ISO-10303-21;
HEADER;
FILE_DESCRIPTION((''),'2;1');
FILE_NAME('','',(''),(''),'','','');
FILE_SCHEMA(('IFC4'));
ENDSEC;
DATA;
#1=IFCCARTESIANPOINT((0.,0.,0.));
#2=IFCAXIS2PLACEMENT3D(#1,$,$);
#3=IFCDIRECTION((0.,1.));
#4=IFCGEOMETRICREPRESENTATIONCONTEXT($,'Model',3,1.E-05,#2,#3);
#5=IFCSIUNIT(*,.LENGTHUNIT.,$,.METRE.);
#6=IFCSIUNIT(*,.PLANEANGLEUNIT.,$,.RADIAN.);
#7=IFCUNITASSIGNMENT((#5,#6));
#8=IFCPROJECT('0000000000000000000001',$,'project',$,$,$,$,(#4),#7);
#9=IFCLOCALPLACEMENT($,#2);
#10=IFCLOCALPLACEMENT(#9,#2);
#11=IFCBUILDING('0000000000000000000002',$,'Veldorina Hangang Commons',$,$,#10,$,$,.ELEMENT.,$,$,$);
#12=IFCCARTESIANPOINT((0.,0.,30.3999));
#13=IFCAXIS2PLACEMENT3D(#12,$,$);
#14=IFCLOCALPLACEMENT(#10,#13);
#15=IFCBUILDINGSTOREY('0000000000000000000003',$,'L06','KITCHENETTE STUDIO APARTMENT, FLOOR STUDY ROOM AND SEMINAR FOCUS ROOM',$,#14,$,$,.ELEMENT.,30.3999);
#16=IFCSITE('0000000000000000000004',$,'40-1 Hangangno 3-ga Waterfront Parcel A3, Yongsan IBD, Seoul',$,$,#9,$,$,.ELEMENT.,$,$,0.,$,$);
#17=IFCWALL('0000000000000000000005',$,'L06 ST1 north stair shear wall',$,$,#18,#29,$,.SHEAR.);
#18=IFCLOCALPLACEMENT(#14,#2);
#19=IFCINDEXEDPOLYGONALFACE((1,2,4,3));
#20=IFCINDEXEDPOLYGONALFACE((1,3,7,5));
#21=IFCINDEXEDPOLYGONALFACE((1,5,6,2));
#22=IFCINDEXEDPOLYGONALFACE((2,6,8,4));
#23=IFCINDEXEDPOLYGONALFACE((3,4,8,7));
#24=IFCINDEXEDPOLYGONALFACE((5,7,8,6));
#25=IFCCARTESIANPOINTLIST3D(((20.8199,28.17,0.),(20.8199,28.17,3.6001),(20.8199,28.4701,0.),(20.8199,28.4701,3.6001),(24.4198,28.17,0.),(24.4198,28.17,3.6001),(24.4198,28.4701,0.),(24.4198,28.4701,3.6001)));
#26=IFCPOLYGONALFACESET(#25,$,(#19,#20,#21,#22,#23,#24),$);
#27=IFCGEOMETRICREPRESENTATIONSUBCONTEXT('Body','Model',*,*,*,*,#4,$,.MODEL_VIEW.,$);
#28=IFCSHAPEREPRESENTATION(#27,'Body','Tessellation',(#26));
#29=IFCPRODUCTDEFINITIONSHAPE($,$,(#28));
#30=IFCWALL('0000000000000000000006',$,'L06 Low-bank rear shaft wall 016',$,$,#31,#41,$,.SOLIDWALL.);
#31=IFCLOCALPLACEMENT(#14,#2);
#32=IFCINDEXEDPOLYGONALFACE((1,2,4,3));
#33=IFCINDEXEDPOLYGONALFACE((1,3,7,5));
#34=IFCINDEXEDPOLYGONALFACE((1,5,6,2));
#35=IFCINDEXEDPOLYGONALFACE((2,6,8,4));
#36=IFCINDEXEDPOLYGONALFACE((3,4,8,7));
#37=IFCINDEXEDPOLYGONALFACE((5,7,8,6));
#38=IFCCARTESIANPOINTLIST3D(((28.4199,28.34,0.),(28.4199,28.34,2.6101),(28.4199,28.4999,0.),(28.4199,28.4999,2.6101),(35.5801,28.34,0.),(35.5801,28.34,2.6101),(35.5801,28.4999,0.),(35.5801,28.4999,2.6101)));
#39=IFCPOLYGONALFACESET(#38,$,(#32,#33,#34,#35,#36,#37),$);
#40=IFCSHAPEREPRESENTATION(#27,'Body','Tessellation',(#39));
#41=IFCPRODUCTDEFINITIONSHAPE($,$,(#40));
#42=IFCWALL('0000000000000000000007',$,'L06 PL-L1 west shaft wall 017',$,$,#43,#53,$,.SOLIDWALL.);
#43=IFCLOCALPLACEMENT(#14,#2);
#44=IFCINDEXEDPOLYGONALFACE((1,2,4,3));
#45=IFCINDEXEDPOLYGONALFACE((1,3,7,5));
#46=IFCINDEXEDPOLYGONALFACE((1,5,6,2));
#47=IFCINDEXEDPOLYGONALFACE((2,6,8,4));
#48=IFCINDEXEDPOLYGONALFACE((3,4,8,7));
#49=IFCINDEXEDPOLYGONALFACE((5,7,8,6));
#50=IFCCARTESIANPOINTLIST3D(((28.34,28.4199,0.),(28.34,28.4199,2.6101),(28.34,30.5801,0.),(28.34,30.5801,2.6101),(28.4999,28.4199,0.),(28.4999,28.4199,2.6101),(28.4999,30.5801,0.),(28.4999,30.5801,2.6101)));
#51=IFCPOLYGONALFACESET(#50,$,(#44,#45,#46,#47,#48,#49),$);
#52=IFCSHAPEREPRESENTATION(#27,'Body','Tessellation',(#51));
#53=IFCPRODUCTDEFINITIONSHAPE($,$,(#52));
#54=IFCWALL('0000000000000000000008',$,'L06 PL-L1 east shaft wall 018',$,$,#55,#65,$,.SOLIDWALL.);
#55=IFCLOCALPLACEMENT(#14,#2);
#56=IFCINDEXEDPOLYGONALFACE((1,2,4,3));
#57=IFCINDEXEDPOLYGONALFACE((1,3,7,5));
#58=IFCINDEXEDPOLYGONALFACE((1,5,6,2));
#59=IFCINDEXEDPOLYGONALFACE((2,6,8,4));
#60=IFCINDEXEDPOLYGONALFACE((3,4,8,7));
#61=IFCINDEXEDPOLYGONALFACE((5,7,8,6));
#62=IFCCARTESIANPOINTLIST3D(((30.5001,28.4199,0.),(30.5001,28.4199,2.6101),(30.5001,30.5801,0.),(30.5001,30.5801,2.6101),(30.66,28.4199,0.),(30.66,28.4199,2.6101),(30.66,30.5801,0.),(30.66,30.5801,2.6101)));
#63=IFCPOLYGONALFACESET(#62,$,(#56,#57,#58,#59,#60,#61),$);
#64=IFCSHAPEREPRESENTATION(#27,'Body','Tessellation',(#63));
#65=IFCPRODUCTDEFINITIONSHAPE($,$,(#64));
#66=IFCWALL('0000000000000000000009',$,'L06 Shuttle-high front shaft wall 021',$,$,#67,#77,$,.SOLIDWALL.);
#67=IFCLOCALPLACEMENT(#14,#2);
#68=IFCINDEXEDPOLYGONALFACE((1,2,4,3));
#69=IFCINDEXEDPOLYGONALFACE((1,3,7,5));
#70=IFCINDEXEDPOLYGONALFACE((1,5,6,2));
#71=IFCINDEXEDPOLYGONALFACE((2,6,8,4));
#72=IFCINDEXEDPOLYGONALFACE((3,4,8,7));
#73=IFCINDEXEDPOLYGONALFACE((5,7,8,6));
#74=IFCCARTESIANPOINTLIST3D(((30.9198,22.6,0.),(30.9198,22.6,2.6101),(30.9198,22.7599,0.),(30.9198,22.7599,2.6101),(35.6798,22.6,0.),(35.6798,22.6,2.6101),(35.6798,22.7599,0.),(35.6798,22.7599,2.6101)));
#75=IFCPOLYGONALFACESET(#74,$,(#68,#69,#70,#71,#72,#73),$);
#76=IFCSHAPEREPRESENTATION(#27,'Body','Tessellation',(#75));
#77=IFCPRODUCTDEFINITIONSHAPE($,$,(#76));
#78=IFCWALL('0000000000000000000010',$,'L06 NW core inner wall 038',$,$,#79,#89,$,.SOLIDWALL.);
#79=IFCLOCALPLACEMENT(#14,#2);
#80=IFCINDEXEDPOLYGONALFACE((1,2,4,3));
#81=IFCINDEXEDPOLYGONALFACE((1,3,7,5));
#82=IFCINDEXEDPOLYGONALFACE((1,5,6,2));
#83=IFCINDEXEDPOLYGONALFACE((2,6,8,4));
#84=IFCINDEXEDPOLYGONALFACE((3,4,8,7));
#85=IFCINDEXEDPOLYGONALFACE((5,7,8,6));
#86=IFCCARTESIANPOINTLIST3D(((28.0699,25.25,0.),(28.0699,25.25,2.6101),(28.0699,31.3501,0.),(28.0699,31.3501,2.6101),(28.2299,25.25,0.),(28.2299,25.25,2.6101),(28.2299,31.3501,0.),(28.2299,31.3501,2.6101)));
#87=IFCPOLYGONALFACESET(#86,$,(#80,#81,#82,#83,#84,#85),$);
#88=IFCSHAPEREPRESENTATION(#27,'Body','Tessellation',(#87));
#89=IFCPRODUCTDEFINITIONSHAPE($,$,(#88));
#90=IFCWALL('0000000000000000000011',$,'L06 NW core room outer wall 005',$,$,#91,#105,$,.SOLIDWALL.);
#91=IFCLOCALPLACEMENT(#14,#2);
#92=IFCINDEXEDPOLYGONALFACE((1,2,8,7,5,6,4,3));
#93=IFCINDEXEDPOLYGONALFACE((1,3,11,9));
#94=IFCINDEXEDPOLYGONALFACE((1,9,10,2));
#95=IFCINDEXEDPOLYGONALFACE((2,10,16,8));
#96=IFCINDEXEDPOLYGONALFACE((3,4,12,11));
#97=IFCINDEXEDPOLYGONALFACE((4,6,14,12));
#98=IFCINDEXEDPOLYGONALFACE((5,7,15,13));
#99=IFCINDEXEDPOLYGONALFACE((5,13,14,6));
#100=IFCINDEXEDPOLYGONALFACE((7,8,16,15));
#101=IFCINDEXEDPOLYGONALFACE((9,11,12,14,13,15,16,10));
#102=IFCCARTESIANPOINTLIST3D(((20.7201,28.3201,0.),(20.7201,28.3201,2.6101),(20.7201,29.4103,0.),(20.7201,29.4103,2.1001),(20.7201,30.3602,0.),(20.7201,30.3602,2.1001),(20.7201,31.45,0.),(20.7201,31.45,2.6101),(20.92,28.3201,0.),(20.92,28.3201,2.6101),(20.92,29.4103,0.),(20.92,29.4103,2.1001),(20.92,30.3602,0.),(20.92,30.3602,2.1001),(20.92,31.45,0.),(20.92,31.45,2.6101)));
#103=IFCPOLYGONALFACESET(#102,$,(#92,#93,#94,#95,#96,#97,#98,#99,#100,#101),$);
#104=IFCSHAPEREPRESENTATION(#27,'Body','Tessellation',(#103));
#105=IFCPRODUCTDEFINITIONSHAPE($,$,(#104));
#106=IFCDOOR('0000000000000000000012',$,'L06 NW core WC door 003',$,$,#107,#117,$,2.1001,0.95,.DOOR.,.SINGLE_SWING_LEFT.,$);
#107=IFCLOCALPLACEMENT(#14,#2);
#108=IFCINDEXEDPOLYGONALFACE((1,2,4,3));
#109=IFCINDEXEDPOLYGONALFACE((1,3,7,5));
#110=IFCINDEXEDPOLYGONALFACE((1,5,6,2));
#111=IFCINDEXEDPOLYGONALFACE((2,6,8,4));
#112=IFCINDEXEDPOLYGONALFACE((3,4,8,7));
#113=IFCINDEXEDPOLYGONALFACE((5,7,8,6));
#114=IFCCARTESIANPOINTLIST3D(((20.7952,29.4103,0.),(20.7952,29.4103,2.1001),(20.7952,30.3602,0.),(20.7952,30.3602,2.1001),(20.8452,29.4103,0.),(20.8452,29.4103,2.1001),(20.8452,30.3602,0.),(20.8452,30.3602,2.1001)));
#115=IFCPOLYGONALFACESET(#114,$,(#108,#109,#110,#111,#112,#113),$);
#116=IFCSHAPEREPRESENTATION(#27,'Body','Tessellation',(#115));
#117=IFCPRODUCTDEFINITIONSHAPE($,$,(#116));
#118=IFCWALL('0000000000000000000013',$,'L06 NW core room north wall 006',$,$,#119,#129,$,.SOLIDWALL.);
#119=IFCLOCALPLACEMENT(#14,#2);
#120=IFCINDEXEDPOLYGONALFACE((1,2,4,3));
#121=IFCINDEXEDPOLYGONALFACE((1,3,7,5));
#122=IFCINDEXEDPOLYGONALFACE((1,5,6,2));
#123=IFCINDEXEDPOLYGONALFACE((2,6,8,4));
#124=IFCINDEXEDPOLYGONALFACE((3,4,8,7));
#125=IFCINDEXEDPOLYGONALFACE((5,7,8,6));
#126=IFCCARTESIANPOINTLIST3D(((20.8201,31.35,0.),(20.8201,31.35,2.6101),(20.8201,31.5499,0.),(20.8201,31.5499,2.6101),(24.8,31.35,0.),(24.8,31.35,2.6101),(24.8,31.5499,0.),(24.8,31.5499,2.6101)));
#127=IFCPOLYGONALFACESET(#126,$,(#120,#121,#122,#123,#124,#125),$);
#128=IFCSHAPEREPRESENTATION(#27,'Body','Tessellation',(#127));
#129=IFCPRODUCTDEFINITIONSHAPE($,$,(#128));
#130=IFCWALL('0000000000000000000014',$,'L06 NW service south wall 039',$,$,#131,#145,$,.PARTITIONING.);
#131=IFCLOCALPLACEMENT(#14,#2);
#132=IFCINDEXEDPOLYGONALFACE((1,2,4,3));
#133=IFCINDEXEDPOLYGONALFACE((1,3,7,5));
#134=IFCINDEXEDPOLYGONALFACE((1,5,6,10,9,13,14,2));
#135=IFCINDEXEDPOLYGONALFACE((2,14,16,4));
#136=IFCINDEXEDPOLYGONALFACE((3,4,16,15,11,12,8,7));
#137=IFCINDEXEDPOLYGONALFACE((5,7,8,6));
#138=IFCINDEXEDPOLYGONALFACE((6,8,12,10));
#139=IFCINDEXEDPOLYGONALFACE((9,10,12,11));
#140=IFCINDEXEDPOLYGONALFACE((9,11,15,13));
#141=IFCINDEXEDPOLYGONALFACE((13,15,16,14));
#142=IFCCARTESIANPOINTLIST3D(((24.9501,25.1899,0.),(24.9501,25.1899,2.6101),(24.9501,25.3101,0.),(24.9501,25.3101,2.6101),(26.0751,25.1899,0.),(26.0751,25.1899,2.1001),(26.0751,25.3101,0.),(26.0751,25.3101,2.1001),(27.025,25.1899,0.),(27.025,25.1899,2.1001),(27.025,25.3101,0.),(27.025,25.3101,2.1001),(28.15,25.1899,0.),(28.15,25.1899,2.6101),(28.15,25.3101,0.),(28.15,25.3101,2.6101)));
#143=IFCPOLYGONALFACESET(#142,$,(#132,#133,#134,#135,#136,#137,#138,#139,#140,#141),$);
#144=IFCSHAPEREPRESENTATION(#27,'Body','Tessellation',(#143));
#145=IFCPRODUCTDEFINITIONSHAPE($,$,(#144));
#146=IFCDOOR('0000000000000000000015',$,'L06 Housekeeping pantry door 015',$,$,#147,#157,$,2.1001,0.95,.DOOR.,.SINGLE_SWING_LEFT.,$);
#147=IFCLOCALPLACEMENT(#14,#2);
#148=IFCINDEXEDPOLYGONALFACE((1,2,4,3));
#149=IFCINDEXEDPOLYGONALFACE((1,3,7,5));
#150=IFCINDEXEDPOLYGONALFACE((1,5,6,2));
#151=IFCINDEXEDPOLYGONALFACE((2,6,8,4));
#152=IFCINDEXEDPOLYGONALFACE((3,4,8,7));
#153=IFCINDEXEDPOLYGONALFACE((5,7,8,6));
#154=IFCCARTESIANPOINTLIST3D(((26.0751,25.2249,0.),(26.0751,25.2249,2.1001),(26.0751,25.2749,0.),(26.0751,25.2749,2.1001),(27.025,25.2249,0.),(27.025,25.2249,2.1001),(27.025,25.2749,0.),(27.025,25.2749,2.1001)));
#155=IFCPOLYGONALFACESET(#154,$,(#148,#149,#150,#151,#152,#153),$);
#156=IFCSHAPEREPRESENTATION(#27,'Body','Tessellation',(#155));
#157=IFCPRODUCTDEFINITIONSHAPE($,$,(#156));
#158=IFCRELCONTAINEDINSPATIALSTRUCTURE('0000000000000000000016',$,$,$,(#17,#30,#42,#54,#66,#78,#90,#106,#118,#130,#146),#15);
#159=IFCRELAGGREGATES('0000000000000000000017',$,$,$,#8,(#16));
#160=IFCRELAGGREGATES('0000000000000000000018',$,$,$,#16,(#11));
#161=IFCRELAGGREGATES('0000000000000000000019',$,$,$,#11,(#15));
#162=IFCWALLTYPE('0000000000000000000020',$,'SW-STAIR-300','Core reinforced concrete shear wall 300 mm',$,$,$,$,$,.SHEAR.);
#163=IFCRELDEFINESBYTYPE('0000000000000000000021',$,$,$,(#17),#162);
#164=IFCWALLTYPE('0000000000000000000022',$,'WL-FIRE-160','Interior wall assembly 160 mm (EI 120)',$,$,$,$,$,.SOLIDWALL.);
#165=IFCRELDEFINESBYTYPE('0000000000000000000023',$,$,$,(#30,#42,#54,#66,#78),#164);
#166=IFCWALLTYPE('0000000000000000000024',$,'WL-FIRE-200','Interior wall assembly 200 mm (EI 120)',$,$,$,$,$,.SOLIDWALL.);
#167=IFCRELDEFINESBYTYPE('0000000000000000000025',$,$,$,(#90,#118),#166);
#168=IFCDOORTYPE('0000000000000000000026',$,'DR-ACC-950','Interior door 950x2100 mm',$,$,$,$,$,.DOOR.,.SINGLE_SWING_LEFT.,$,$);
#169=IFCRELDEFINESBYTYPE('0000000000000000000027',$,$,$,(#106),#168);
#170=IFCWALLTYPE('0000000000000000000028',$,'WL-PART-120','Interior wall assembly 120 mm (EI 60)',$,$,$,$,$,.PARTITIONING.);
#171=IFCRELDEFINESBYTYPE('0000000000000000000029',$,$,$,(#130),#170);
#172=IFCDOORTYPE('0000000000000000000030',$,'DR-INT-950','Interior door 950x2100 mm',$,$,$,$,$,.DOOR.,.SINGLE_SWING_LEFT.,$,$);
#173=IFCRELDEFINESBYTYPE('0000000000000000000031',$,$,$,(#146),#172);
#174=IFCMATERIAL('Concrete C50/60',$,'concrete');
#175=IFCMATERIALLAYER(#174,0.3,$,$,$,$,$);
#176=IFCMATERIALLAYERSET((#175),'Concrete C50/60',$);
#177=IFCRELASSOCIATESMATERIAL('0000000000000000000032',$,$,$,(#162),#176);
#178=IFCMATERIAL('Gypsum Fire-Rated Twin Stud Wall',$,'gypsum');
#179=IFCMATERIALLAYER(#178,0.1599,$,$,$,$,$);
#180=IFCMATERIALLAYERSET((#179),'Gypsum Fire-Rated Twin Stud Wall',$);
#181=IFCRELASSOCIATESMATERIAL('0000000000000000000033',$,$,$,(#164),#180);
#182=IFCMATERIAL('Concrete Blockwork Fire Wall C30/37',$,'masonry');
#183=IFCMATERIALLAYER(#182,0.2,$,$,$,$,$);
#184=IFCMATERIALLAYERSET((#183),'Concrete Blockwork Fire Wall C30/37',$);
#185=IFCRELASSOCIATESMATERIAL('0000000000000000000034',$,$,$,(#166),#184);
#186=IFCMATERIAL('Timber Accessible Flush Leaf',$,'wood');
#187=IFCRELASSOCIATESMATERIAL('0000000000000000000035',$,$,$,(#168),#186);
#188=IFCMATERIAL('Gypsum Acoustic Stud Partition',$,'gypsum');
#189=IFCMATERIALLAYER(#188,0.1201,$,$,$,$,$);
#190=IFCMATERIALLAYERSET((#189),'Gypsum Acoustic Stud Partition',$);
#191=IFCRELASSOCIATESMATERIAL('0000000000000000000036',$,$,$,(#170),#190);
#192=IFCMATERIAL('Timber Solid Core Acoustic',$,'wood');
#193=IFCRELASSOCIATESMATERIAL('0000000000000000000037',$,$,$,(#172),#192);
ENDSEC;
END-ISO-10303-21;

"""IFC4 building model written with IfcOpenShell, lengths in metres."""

from ifc_helpers import new_model, si_unit, direction, frame, frame_2d, origin, place, context, subcontext, project, spatial, rectangle, extrude, material, layer, layer_set, type_object, element, fill, save


model = new_model("IFC4")

# Units and contexts
model_context = context("Model", 3, precision=1e-05, world=origin(), true_north=direction((0.0, 1.0)))
body_context = subcontext(model_context, "Body", "Model", "MODEL_VIEW")
ifc_project = project(units=[si_unit("LENGTHUNIT", "METRE"), si_unit("PLANEANGLEUNIT", "RADIAN")], contexts=[model_context])

# Site, building, storey
site_placement = place(None, origin())
site = spatial("IfcSite", under=ifc_project, at=site_placement, Name="40-1 Hangangno 3-ga Waterfront Parcel A3, Yongsan IBD, Seoul", CompositionType="ELEMENT", RefElevation=0.0)
building_placement = place(site_placement, origin())
building = spatial("IfcBuilding", under=site, at=building_placement, Name="Veldorina Hangang Commons", CompositionType="ELEMENT")
storey_placement = place(building_placement, frame((0.0, 0.0, 30.3999)))
storey = spatial("IfcBuildingStorey", under=building, at=storey_placement, Name="L06", Description="KITCHENETTE STUDIO APARTMENT, FLOOR STUDY ROOM AND SEMINAR FOCUS ROOM", CompositionType="ELEMENT", Elevation=30.3999)

# Wall
ifc_material_1 = material(Name="Concrete C50/60", Category="concrete")
ifc_layer_1 = layer(ifc_material_1, 0.3)
ifc_layer_set_1 = layer_set([ifc_layer_1], Name="Concrete C50/60")
wall_type_1 = type_object("IfcWallType", Name="SW-STAIR-300", Description="Core reinforced concrete shear wall 300 mm", PredefinedType="SHEAR", material=ifc_layer_set_1)
wall_1_placement = place(storey_placement, frame((20.8201, 28.3201, 0.0), z_axis=(0.0, 0.0, 1.0), x_axis=(1.0, 0.0, 0.0)))
element("IfcWall", 1, at=wall_1_placement, inside=storey, type_object=wall_type_1, Name="L06 ST1 north stair shear wall", PredefinedType="SHEAR", context=body_context, shape_type="SweptSolid", body=[
    extrude(rectangle(XDim=3.5999, YDim=0.3, at=frame_2d((1.7998, 0.0))), origin(), (0.0, 0.0, 1.0), 3.6001),
])

# Shared definitions
ifc_material_2 = material(Name="Gypsum Fire-Rated Twin Stud Wall", Category="gypsum")
ifc_layer_2 = layer(ifc_material_2, 0.1599)
ifc_layer_set_2 = layer_set([ifc_layer_2], Name="Gypsum Fire-Rated Twin Stud Wall")
wall_type_2 = type_object("IfcWallType", Name="WL-FIRE-160", Description="Interior wall assembly 160 mm (EI 120)", PredefinedType="SOLIDWALL", material=ifc_layer_set_2)

# Walls
wall_2_placement = place(storey_placement, frame((28.4199, 28.4199, 0.0), z_axis=(0.0, 0.0, 1.0), x_axis=(1.0, 0.0, 0.0)))
element("IfcWall", 2, at=wall_2_placement, inside=storey, type_object=wall_type_2, Name="L06 Low-bank rear shaft wall 016", PredefinedType="SOLIDWALL", context=body_context, shape_type="SweptSolid", body=[
    extrude(rectangle(XDim=7.1602, YDim=0.1599, at=frame_2d((3.5801, 0.0))), origin(), (0.0, 0.0, 1.0), 2.6101),
])
for number, where, z_axis, x_axis, name in (
    (3, (28.4199, 28.4199, 0.0), (0.0, 0.0, 1.0), (0.0, 1.0, 0.0), "L06 PL-L1 west shaft wall 017"),
    (4, (30.5801, 28.4199, 0.0), (0.0, 0.0, 1.0), (0.0, 1.0, 0.0), "L06 PL-L1 east shaft wall 018"),
):
    element("IfcWall", number, at=place(storey_placement, frame(where, z_axis=z_axis, x_axis=x_axis)), inside=storey, type_object=wall_type_2, Name=name, PredefinedType="SOLIDWALL", context=body_context, shape_type="SweptSolid", body=[
        extrude(rectangle(XDim=2.1602, YDim=0.1599, at=frame_2d((1.0801, 0.0))), origin(), (0.0, 0.0, 1.0), 2.6101),
    ])
wall_3_placement = place(storey_placement, frame((30.9199, 22.6799, 0.0), z_axis=(0.0, 0.0, 1.0), x_axis=(1.0, 0.0, 0.0)))
element("IfcWall", 5, at=wall_3_placement, inside=storey, type_object=wall_type_2, Name="L06 Shuttle-high front shaft wall 021", PredefinedType="SOLIDWALL", context=body_context, shape_type="SweptSolid", body=[
    extrude(rectangle(XDim=4.76, YDim=0.1599, at=frame_2d((2.3799, 0.0))), origin(), (0.0, 0.0, 1.0), 2.6101),
])
wall_4_placement = place(storey_placement, frame((28.1499, 25.25, 0.0), z_axis=(0.0, 0.0, 1.0), x_axis=(0.0, 1.0, 0.0)))
element("IfcWall", 6, at=wall_4_placement, inside=storey, type_object=wall_type_2, Name="L06 NW core inner wall 038", PredefinedType="SOLIDWALL", context=body_context, shape_type="SweptSolid", body=[
    extrude(rectangle(XDim=6.1001, YDim=0.1599, at=frame_2d((3.05, 0.0))), origin(), (0.0, 0.0, 1.0), 2.6101),
])

# Wall, opening, door
ifc_material_3 = material(Name="Concrete Blockwork Fire Wall C30/37", Category="masonry")
ifc_layer_3 = layer(ifc_material_3, 0.2)
ifc_layer_set_3 = layer_set([ifc_layer_3], Name="Concrete Blockwork Fire Wall C30/37")
wall_type_3 = type_object("IfcWallType", Name="WL-FIRE-200", Description="Interior wall assembly 200 mm (EI 120)", PredefinedType="SOLIDWALL", material=ifc_layer_set_3)
wall_5_placement = place(storey_placement, frame((20.8201, 28.3201, 0.0), z_axis=(0.0, 0.0, 1.0), x_axis=(0.0, 1.0, 0.0)))
wall_5 = element("IfcWall", 7, at=wall_5_placement, inside=storey, type_object=wall_type_3, Name="L06 NW core room outer wall 005", PredefinedType="SOLIDWALL", context=body_context, shape_type="SweptSolid", body=[
    extrude(rectangle(XDim=3.1299, YDim=0.2, at=frame_2d((1.5649, 0.0))), origin(), (0.0, 0.0, 1.0), 2.6101),
])
opening_1_placement = place(wall_5_placement, frame((1.0901, 0.0, 0.0)))
opening_1 = element("IfcOpeningElement", 8, at=opening_1_placement, cuts=wall_5, PredefinedType="OPENING", context=body_context, shape_type="SweptSolid", body=[
    extrude(rectangle(XDim=0.95, YDim=2.1001, at=frame_2d((0.4751, 1.05))), frame((0.0, 0.1099, 0.0), z_axis=(0.0, -1.0, 0.0), x_axis=(1.0, 0.0, 0.0)), (0.0, 0.0, 1.0), 0.22),
])
ifc_material_4 = material(Name="Timber Accessible Flush Leaf", Category="wood")
door_type_1 = type_object("IfcDoorType", Name="DR-ACC-950", Description="Interior door 950x2100 mm", OperationType="SINGLE_SWING_LEFT", PredefinedType="DOOR", material=ifc_material_4)
door_1_placement = place(opening_1_placement, origin())
door_1 = element("IfcDoor", 9, at=door_1_placement, inside=storey, type_object=door_type_1, Name="L06 NW core WC door 003", OperationType="SINGLE_SWING_LEFT", OverallHeight=2.1001, OverallWidth=0.95, PredefinedType="DOOR", context=body_context, shape_type="SweptSolid", body=[
    extrude(rectangle(XDim=0.95, YDim=2.1001, at=frame_2d((0.4751, 1.05))), frame((0.0, 0.0249, 0.0), z_axis=(0.0, -1.0, 0.0), x_axis=(1.0, 0.0, 0.0)), (0.0, 0.0, 1.0), 0.05),
])
fill(opening_1, door_1)

# Wall
wall_6_placement = place(storey_placement, frame((20.8201, 31.45, 0.0), z_axis=(0.0, 0.0, 1.0), x_axis=(1.0, 0.0, 0.0)))
element("IfcWall", 10, at=wall_6_placement, inside=storey, type_object=wall_type_3, Name="L06 NW core room north wall 006", PredefinedType="SOLIDWALL", context=body_context, shape_type="SweptSolid", body=[
    extrude(rectangle(XDim=3.98, YDim=0.2, at=frame_2d((1.99, 0.0))), origin(), (0.0, 0.0, 1.0), 2.6101),
])

# Wall, opening, door
ifc_material_5 = material(Name="Gypsum Acoustic Stud Partition", Category="gypsum")
ifc_layer_4 = layer(ifc_material_5, 0.1201)
ifc_layer_set_4 = layer_set([ifc_layer_4], Name="Gypsum Acoustic Stud Partition")
wall_type_4 = type_object("IfcWallType", Name="WL-PART-120", Description="Interior wall assembly 120 mm (EI 60)", PredefinedType="PARTITIONING", material=ifc_layer_set_4)
wall_7_placement = place(storey_placement, frame((24.95, 25.25, 0.0), z_axis=(0.0, 0.0, 1.0), x_axis=(1.0, 0.0, 0.0)))
wall_7 = element("IfcWall", 11, at=wall_7_placement, inside=storey, type_object=wall_type_4, Name="L06 NW service south wall 039", PredefinedType="PARTITIONING", context=body_context, shape_type="SweptSolid", body=[
    extrude(rectangle(XDim=3.2, YDim=0.1201, at=frame_2d((1.6001, 0.0))), origin(), (0.0, 0.0, 1.0), 2.6101),
])
opening_2_placement = place(wall_7_placement, frame((1.125, 0.0, 0.0)))
opening_2 = element("IfcOpeningElement", 12, at=opening_2_placement, cuts=wall_7, PredefinedType="OPENING", context=body_context, shape_type="SweptSolid", body=[
    extrude(rectangle(XDim=0.95, YDim=2.1001, at=frame_2d((0.4751, 1.05))), frame((0.0, 0.0701, 0.0), z_axis=(0.0, -1.0, 0.0), x_axis=(1.0, 0.0, 0.0)), (0.0, 0.0, 1.0), 0.1401),
])
ifc_material_6 = material(Name="Timber Solid Core Acoustic", Category="wood")
door_type_2 = type_object("IfcDoorType", Name="DR-INT-950", Description="Interior door 950x2100 mm", OperationType="SINGLE_SWING_LEFT", PredefinedType="DOOR", material=ifc_material_6)
door_2_placement = place(opening_2_placement, origin())
door_2 = element("IfcDoor", 13, at=door_2_placement, inside=storey, type_object=door_type_2, Name="L06 Housekeeping pantry door 015", OperationType="SINGLE_SWING_LEFT", OverallHeight=2.1001, OverallWidth=0.95, PredefinedType="DOOR", context=body_context, shape_type="SweptSolid", body=[
    extrude(rectangle(XDim=0.95, YDim=2.1001, at=frame_2d((0.4751, 1.05))), frame((0.0, 0.0249, 0.0), z_axis=(0.0, -1.0, 0.0), x_axis=(1.0, 0.0, 0.0)), (0.0, 0.0, 1.0), 0.05),
])
fill(opening_2, door_2)

save(model, "model.ifc")
